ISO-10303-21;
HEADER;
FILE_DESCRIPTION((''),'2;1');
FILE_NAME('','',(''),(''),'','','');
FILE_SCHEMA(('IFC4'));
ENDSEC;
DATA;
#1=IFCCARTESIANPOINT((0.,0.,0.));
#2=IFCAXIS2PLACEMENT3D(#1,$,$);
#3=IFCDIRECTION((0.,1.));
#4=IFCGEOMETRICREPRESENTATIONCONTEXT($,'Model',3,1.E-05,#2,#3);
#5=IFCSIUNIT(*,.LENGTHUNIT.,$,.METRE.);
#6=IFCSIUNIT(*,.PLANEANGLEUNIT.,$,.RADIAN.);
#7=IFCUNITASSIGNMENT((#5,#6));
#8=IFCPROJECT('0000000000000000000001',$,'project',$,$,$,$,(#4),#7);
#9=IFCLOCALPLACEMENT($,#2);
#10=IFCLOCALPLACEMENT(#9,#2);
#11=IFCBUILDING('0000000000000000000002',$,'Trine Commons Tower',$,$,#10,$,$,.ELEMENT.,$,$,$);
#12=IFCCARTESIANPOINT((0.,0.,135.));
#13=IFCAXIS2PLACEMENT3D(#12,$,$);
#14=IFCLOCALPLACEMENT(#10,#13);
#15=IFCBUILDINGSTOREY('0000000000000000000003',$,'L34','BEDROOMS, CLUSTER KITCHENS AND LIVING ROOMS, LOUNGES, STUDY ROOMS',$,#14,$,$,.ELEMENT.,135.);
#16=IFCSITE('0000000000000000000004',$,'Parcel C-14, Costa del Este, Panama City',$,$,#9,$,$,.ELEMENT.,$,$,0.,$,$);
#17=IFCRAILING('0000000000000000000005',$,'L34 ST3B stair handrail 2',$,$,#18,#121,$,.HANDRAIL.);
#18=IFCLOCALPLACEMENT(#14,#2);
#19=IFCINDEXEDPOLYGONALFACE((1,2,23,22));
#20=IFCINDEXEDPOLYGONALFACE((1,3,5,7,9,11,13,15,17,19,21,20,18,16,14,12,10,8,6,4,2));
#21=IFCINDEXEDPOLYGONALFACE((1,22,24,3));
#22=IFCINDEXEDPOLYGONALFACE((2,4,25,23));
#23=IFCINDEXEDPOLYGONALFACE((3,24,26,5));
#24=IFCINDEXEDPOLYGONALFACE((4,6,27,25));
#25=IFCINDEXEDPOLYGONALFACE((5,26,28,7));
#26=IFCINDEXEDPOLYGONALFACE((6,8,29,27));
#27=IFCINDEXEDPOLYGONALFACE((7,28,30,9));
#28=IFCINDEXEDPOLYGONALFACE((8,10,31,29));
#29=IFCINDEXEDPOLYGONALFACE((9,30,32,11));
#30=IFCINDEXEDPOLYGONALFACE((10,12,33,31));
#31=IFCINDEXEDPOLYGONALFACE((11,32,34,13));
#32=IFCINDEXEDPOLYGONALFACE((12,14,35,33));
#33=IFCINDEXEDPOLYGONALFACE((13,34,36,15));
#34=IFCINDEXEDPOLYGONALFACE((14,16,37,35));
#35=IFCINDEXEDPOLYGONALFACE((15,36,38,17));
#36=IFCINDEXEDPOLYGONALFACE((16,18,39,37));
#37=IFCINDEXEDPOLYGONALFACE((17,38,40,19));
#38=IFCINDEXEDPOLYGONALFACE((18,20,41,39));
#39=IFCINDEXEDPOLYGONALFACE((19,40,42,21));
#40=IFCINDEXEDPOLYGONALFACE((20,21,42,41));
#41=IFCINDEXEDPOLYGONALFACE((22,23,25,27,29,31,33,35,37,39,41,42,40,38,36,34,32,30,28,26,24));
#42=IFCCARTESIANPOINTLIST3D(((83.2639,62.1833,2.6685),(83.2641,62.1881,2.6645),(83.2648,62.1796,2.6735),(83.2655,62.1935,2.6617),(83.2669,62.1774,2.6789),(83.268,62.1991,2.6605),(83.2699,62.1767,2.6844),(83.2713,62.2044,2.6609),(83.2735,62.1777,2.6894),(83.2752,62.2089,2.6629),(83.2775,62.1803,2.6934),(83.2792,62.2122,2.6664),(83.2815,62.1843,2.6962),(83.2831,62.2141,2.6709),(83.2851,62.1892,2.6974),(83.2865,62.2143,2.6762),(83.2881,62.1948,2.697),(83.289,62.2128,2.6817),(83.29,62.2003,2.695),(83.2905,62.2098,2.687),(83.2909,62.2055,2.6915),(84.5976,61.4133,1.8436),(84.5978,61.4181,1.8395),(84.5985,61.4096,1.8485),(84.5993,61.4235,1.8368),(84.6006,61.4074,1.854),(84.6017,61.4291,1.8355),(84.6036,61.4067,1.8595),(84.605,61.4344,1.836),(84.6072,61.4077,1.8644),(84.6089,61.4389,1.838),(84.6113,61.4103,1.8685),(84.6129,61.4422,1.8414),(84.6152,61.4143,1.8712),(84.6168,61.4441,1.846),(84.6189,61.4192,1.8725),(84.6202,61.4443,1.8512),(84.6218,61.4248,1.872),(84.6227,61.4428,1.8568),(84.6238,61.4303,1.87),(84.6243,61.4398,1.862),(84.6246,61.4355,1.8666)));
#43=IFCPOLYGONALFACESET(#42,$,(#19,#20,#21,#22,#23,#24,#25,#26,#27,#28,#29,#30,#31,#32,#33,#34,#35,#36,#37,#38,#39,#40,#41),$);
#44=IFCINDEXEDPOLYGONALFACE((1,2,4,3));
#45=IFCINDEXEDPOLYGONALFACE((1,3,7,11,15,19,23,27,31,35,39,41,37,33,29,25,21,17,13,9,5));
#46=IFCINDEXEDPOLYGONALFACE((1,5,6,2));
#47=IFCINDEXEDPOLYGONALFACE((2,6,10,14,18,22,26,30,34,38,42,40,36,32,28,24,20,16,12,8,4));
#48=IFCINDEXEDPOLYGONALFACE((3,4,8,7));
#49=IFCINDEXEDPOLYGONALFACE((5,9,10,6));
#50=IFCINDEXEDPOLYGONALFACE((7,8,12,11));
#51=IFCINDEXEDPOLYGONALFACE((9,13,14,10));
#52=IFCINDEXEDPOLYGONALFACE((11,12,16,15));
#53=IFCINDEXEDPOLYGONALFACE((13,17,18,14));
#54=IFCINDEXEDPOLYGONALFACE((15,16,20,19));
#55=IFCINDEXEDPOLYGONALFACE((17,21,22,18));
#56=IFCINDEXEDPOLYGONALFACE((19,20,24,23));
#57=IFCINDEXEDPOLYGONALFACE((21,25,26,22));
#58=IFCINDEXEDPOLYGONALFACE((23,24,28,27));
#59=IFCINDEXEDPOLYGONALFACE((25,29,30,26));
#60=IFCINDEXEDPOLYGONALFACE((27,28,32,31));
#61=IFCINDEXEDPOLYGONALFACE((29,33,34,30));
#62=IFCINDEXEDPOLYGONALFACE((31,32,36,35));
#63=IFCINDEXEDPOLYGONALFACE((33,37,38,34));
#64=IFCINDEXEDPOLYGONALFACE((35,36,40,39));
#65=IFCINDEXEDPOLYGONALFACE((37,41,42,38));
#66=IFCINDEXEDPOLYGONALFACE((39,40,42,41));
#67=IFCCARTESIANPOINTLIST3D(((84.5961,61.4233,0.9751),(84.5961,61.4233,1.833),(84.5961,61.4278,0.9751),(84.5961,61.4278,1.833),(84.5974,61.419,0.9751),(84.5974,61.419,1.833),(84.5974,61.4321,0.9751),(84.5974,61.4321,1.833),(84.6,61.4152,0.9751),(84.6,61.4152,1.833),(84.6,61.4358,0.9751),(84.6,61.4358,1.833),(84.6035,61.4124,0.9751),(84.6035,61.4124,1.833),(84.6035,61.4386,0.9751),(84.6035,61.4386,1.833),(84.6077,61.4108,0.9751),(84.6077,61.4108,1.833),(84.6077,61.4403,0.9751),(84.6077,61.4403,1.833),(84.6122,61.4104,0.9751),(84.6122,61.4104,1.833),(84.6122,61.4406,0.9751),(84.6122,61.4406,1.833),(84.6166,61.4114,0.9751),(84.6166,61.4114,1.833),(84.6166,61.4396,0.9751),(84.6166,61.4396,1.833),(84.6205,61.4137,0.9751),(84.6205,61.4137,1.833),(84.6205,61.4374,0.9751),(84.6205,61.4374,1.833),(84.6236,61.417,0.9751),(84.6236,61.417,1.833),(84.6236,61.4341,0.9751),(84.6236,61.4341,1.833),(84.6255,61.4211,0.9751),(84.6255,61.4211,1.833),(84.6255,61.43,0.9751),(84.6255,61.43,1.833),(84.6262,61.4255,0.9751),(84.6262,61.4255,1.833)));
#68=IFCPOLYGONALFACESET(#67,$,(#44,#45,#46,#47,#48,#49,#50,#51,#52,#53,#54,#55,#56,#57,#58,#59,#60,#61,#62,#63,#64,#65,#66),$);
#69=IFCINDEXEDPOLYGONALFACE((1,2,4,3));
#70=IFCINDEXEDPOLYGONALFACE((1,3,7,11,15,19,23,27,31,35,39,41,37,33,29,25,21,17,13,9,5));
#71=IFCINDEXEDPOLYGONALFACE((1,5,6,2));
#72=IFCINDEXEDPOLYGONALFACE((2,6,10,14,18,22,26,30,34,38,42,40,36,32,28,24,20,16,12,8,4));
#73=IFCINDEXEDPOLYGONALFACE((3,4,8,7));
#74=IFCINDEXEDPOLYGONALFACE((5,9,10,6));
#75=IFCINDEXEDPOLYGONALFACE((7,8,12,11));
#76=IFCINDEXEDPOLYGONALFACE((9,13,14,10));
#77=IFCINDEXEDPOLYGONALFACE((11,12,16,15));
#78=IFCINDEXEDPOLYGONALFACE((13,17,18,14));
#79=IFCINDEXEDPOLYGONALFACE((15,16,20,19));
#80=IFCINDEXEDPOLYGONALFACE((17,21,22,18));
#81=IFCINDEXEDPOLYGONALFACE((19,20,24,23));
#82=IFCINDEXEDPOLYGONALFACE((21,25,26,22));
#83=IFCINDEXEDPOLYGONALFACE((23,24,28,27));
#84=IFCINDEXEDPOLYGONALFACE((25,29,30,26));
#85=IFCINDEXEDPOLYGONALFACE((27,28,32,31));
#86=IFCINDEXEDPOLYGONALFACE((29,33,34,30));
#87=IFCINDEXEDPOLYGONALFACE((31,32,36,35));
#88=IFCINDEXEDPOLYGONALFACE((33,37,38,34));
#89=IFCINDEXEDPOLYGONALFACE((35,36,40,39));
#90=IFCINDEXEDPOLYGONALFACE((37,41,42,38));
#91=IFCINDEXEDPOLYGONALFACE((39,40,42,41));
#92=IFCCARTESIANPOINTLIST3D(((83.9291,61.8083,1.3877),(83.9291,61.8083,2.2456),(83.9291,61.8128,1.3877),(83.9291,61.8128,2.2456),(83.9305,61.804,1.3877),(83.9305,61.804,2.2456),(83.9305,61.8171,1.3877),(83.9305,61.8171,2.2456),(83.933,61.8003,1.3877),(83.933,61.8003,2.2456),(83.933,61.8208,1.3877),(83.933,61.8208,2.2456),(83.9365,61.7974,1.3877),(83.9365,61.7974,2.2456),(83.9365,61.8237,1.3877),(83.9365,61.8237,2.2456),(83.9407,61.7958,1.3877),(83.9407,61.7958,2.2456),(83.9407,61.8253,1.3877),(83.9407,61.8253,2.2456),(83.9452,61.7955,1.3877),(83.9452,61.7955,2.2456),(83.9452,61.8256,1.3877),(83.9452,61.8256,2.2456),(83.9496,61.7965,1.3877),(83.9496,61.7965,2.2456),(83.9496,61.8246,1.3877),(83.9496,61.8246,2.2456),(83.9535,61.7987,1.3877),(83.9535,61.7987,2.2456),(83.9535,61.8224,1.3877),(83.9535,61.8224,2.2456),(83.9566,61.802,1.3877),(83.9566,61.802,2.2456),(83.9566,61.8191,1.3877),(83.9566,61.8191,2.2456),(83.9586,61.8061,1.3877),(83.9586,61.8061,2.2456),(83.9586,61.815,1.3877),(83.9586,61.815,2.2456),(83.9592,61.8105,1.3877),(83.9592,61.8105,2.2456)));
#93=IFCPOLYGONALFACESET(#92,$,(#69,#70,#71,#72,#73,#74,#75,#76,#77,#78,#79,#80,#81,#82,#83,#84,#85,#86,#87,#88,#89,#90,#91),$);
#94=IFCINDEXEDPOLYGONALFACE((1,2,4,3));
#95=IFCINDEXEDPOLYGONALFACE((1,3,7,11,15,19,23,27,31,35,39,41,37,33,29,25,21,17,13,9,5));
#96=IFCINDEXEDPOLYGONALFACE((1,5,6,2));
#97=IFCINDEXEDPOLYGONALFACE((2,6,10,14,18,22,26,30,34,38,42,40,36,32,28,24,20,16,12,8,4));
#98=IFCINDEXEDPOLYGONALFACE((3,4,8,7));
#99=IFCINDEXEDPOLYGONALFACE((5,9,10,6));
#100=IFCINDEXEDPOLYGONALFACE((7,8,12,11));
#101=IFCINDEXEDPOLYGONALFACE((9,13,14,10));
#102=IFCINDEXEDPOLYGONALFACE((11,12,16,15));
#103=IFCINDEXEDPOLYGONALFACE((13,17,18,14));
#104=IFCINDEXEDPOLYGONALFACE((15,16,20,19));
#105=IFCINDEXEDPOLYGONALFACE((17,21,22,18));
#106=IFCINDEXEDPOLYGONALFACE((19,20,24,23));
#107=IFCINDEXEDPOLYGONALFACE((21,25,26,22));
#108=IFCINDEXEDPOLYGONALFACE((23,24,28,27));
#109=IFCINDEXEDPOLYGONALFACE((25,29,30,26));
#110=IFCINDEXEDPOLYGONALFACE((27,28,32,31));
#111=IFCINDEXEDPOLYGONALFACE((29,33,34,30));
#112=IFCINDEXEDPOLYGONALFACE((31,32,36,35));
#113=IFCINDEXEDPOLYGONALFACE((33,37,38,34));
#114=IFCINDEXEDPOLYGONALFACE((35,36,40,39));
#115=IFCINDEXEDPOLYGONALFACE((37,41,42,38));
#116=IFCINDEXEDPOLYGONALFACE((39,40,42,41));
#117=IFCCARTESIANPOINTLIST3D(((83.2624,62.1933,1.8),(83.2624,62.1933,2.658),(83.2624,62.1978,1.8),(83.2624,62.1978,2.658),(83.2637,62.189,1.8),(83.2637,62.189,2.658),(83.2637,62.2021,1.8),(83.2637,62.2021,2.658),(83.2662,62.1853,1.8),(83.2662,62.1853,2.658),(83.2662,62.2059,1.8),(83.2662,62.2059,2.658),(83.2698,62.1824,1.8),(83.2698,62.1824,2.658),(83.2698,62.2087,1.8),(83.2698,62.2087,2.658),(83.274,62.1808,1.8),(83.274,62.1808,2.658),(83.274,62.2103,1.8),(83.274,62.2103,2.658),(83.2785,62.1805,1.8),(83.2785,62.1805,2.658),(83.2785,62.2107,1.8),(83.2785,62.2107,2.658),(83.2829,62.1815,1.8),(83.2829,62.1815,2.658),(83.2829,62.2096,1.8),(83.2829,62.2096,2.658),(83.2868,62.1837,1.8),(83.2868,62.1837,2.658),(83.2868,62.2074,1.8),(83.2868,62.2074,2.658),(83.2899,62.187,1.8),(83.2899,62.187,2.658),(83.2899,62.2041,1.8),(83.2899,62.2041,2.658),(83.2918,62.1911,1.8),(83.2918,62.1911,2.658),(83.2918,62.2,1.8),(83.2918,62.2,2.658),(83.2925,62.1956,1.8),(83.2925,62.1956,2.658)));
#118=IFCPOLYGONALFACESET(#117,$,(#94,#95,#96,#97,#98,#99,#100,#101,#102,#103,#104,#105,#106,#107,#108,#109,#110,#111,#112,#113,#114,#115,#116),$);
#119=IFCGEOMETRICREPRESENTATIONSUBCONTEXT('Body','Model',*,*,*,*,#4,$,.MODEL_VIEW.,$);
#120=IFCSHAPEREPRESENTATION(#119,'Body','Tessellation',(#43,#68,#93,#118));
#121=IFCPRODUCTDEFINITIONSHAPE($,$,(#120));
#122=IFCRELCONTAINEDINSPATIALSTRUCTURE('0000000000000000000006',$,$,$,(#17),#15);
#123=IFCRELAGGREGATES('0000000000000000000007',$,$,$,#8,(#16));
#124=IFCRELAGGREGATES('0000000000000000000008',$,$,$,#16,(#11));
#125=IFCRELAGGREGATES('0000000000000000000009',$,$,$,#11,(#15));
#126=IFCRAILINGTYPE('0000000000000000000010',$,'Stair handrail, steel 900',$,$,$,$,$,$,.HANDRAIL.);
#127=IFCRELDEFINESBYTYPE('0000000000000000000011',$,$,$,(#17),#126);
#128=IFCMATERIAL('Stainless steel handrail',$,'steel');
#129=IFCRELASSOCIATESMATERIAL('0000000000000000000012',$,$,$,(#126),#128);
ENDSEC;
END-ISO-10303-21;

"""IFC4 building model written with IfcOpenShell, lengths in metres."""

from ifc_helpers import new_model, si_unit, direction, frame, origin, origin_2d, place, context, subcontext, project, spatial, circle, extrude, material, type_object, element, save


model = new_model("IFC4")

# Units and contexts
model_context = context("Model", 3, precision=1e-05, world=origin(), true_north=direction((0.0, 1.0)))
body_context = subcontext(model_context, "Body", "Model", "MODEL_VIEW")
ifc_project = project(units=[si_unit("LENGTHUNIT", "METRE"), si_unit("PLANEANGLEUNIT", "RADIAN")], contexts=[model_context])

# Site, building, storey
site_placement = place(None, origin())
site = spatial("IfcSite", under=ifc_project, at=site_placement, Name="Parcel C-14, Costa del Este, Panama City", CompositionType="ELEMENT", RefElevation=0.0)
building_placement = place(site_placement, origin())
building = spatial("IfcBuilding", under=site, at=building_placement, Name="Trine Commons Tower", CompositionType="ELEMENT")
storey_placement = place(building_placement, frame((0.0, 0.0, 135.0)))
storey = spatial("IfcBuildingStorey", under=building, at=storey_placement, Name="L34", Description="BEDROOMS, CLUSTER KITCHENS AND LIVING ROOMS, LOUNGES, STUDY ROOMS", CompositionType="ELEMENT", Elevation=135.0)

# Railing
ifc_material_1 = material(Name="Stainless steel handrail", Category="steel")
railing_type_1 = type_object("IfcRailingType", Name="Stair handrail, steel 900", PredefinedType="HANDRAIL", material=ifc_material_1)
railing_1_placement = place(storey_placement, frame((84.6111, 61.4255, 0.9751)))
element("IfcRailing", 1, at=railing_1_placement, inside=storey, type_object=railing_type_1, Name="L34 ST3B stair handrail 2", PredefinedType="HANDRAIL", context=body_context, shape_type="SweptSolid", body=[
    extrude(circle(Radius=0.021, at=origin_2d()), frame((0.0, 0.0, 0.8789), z_axis=(-0.763405, 0.440743, 0.472185), x_axis=(-0.499992, -0.86603, 0.0)), (0.0, 0.0, 1.0), 1.7471),
    extrude(circle(Radius=0.0151, at=origin_2d()), origin(), (0.0, 0.0, 1.0), 0.8579),
    extrude(circle(Radius=0.0151, at=origin_2d()), frame((-0.667, 0.385, 0.4126)), (0.0, 0.0, 1.0), 0.8579),
    extrude(circle(Radius=0.0151, at=origin_2d()), frame((-1.3337, 0.77, 0.825)), (0.0, 0.0, 1.0), 0.8579),
])

save(model, "model.ifc")
